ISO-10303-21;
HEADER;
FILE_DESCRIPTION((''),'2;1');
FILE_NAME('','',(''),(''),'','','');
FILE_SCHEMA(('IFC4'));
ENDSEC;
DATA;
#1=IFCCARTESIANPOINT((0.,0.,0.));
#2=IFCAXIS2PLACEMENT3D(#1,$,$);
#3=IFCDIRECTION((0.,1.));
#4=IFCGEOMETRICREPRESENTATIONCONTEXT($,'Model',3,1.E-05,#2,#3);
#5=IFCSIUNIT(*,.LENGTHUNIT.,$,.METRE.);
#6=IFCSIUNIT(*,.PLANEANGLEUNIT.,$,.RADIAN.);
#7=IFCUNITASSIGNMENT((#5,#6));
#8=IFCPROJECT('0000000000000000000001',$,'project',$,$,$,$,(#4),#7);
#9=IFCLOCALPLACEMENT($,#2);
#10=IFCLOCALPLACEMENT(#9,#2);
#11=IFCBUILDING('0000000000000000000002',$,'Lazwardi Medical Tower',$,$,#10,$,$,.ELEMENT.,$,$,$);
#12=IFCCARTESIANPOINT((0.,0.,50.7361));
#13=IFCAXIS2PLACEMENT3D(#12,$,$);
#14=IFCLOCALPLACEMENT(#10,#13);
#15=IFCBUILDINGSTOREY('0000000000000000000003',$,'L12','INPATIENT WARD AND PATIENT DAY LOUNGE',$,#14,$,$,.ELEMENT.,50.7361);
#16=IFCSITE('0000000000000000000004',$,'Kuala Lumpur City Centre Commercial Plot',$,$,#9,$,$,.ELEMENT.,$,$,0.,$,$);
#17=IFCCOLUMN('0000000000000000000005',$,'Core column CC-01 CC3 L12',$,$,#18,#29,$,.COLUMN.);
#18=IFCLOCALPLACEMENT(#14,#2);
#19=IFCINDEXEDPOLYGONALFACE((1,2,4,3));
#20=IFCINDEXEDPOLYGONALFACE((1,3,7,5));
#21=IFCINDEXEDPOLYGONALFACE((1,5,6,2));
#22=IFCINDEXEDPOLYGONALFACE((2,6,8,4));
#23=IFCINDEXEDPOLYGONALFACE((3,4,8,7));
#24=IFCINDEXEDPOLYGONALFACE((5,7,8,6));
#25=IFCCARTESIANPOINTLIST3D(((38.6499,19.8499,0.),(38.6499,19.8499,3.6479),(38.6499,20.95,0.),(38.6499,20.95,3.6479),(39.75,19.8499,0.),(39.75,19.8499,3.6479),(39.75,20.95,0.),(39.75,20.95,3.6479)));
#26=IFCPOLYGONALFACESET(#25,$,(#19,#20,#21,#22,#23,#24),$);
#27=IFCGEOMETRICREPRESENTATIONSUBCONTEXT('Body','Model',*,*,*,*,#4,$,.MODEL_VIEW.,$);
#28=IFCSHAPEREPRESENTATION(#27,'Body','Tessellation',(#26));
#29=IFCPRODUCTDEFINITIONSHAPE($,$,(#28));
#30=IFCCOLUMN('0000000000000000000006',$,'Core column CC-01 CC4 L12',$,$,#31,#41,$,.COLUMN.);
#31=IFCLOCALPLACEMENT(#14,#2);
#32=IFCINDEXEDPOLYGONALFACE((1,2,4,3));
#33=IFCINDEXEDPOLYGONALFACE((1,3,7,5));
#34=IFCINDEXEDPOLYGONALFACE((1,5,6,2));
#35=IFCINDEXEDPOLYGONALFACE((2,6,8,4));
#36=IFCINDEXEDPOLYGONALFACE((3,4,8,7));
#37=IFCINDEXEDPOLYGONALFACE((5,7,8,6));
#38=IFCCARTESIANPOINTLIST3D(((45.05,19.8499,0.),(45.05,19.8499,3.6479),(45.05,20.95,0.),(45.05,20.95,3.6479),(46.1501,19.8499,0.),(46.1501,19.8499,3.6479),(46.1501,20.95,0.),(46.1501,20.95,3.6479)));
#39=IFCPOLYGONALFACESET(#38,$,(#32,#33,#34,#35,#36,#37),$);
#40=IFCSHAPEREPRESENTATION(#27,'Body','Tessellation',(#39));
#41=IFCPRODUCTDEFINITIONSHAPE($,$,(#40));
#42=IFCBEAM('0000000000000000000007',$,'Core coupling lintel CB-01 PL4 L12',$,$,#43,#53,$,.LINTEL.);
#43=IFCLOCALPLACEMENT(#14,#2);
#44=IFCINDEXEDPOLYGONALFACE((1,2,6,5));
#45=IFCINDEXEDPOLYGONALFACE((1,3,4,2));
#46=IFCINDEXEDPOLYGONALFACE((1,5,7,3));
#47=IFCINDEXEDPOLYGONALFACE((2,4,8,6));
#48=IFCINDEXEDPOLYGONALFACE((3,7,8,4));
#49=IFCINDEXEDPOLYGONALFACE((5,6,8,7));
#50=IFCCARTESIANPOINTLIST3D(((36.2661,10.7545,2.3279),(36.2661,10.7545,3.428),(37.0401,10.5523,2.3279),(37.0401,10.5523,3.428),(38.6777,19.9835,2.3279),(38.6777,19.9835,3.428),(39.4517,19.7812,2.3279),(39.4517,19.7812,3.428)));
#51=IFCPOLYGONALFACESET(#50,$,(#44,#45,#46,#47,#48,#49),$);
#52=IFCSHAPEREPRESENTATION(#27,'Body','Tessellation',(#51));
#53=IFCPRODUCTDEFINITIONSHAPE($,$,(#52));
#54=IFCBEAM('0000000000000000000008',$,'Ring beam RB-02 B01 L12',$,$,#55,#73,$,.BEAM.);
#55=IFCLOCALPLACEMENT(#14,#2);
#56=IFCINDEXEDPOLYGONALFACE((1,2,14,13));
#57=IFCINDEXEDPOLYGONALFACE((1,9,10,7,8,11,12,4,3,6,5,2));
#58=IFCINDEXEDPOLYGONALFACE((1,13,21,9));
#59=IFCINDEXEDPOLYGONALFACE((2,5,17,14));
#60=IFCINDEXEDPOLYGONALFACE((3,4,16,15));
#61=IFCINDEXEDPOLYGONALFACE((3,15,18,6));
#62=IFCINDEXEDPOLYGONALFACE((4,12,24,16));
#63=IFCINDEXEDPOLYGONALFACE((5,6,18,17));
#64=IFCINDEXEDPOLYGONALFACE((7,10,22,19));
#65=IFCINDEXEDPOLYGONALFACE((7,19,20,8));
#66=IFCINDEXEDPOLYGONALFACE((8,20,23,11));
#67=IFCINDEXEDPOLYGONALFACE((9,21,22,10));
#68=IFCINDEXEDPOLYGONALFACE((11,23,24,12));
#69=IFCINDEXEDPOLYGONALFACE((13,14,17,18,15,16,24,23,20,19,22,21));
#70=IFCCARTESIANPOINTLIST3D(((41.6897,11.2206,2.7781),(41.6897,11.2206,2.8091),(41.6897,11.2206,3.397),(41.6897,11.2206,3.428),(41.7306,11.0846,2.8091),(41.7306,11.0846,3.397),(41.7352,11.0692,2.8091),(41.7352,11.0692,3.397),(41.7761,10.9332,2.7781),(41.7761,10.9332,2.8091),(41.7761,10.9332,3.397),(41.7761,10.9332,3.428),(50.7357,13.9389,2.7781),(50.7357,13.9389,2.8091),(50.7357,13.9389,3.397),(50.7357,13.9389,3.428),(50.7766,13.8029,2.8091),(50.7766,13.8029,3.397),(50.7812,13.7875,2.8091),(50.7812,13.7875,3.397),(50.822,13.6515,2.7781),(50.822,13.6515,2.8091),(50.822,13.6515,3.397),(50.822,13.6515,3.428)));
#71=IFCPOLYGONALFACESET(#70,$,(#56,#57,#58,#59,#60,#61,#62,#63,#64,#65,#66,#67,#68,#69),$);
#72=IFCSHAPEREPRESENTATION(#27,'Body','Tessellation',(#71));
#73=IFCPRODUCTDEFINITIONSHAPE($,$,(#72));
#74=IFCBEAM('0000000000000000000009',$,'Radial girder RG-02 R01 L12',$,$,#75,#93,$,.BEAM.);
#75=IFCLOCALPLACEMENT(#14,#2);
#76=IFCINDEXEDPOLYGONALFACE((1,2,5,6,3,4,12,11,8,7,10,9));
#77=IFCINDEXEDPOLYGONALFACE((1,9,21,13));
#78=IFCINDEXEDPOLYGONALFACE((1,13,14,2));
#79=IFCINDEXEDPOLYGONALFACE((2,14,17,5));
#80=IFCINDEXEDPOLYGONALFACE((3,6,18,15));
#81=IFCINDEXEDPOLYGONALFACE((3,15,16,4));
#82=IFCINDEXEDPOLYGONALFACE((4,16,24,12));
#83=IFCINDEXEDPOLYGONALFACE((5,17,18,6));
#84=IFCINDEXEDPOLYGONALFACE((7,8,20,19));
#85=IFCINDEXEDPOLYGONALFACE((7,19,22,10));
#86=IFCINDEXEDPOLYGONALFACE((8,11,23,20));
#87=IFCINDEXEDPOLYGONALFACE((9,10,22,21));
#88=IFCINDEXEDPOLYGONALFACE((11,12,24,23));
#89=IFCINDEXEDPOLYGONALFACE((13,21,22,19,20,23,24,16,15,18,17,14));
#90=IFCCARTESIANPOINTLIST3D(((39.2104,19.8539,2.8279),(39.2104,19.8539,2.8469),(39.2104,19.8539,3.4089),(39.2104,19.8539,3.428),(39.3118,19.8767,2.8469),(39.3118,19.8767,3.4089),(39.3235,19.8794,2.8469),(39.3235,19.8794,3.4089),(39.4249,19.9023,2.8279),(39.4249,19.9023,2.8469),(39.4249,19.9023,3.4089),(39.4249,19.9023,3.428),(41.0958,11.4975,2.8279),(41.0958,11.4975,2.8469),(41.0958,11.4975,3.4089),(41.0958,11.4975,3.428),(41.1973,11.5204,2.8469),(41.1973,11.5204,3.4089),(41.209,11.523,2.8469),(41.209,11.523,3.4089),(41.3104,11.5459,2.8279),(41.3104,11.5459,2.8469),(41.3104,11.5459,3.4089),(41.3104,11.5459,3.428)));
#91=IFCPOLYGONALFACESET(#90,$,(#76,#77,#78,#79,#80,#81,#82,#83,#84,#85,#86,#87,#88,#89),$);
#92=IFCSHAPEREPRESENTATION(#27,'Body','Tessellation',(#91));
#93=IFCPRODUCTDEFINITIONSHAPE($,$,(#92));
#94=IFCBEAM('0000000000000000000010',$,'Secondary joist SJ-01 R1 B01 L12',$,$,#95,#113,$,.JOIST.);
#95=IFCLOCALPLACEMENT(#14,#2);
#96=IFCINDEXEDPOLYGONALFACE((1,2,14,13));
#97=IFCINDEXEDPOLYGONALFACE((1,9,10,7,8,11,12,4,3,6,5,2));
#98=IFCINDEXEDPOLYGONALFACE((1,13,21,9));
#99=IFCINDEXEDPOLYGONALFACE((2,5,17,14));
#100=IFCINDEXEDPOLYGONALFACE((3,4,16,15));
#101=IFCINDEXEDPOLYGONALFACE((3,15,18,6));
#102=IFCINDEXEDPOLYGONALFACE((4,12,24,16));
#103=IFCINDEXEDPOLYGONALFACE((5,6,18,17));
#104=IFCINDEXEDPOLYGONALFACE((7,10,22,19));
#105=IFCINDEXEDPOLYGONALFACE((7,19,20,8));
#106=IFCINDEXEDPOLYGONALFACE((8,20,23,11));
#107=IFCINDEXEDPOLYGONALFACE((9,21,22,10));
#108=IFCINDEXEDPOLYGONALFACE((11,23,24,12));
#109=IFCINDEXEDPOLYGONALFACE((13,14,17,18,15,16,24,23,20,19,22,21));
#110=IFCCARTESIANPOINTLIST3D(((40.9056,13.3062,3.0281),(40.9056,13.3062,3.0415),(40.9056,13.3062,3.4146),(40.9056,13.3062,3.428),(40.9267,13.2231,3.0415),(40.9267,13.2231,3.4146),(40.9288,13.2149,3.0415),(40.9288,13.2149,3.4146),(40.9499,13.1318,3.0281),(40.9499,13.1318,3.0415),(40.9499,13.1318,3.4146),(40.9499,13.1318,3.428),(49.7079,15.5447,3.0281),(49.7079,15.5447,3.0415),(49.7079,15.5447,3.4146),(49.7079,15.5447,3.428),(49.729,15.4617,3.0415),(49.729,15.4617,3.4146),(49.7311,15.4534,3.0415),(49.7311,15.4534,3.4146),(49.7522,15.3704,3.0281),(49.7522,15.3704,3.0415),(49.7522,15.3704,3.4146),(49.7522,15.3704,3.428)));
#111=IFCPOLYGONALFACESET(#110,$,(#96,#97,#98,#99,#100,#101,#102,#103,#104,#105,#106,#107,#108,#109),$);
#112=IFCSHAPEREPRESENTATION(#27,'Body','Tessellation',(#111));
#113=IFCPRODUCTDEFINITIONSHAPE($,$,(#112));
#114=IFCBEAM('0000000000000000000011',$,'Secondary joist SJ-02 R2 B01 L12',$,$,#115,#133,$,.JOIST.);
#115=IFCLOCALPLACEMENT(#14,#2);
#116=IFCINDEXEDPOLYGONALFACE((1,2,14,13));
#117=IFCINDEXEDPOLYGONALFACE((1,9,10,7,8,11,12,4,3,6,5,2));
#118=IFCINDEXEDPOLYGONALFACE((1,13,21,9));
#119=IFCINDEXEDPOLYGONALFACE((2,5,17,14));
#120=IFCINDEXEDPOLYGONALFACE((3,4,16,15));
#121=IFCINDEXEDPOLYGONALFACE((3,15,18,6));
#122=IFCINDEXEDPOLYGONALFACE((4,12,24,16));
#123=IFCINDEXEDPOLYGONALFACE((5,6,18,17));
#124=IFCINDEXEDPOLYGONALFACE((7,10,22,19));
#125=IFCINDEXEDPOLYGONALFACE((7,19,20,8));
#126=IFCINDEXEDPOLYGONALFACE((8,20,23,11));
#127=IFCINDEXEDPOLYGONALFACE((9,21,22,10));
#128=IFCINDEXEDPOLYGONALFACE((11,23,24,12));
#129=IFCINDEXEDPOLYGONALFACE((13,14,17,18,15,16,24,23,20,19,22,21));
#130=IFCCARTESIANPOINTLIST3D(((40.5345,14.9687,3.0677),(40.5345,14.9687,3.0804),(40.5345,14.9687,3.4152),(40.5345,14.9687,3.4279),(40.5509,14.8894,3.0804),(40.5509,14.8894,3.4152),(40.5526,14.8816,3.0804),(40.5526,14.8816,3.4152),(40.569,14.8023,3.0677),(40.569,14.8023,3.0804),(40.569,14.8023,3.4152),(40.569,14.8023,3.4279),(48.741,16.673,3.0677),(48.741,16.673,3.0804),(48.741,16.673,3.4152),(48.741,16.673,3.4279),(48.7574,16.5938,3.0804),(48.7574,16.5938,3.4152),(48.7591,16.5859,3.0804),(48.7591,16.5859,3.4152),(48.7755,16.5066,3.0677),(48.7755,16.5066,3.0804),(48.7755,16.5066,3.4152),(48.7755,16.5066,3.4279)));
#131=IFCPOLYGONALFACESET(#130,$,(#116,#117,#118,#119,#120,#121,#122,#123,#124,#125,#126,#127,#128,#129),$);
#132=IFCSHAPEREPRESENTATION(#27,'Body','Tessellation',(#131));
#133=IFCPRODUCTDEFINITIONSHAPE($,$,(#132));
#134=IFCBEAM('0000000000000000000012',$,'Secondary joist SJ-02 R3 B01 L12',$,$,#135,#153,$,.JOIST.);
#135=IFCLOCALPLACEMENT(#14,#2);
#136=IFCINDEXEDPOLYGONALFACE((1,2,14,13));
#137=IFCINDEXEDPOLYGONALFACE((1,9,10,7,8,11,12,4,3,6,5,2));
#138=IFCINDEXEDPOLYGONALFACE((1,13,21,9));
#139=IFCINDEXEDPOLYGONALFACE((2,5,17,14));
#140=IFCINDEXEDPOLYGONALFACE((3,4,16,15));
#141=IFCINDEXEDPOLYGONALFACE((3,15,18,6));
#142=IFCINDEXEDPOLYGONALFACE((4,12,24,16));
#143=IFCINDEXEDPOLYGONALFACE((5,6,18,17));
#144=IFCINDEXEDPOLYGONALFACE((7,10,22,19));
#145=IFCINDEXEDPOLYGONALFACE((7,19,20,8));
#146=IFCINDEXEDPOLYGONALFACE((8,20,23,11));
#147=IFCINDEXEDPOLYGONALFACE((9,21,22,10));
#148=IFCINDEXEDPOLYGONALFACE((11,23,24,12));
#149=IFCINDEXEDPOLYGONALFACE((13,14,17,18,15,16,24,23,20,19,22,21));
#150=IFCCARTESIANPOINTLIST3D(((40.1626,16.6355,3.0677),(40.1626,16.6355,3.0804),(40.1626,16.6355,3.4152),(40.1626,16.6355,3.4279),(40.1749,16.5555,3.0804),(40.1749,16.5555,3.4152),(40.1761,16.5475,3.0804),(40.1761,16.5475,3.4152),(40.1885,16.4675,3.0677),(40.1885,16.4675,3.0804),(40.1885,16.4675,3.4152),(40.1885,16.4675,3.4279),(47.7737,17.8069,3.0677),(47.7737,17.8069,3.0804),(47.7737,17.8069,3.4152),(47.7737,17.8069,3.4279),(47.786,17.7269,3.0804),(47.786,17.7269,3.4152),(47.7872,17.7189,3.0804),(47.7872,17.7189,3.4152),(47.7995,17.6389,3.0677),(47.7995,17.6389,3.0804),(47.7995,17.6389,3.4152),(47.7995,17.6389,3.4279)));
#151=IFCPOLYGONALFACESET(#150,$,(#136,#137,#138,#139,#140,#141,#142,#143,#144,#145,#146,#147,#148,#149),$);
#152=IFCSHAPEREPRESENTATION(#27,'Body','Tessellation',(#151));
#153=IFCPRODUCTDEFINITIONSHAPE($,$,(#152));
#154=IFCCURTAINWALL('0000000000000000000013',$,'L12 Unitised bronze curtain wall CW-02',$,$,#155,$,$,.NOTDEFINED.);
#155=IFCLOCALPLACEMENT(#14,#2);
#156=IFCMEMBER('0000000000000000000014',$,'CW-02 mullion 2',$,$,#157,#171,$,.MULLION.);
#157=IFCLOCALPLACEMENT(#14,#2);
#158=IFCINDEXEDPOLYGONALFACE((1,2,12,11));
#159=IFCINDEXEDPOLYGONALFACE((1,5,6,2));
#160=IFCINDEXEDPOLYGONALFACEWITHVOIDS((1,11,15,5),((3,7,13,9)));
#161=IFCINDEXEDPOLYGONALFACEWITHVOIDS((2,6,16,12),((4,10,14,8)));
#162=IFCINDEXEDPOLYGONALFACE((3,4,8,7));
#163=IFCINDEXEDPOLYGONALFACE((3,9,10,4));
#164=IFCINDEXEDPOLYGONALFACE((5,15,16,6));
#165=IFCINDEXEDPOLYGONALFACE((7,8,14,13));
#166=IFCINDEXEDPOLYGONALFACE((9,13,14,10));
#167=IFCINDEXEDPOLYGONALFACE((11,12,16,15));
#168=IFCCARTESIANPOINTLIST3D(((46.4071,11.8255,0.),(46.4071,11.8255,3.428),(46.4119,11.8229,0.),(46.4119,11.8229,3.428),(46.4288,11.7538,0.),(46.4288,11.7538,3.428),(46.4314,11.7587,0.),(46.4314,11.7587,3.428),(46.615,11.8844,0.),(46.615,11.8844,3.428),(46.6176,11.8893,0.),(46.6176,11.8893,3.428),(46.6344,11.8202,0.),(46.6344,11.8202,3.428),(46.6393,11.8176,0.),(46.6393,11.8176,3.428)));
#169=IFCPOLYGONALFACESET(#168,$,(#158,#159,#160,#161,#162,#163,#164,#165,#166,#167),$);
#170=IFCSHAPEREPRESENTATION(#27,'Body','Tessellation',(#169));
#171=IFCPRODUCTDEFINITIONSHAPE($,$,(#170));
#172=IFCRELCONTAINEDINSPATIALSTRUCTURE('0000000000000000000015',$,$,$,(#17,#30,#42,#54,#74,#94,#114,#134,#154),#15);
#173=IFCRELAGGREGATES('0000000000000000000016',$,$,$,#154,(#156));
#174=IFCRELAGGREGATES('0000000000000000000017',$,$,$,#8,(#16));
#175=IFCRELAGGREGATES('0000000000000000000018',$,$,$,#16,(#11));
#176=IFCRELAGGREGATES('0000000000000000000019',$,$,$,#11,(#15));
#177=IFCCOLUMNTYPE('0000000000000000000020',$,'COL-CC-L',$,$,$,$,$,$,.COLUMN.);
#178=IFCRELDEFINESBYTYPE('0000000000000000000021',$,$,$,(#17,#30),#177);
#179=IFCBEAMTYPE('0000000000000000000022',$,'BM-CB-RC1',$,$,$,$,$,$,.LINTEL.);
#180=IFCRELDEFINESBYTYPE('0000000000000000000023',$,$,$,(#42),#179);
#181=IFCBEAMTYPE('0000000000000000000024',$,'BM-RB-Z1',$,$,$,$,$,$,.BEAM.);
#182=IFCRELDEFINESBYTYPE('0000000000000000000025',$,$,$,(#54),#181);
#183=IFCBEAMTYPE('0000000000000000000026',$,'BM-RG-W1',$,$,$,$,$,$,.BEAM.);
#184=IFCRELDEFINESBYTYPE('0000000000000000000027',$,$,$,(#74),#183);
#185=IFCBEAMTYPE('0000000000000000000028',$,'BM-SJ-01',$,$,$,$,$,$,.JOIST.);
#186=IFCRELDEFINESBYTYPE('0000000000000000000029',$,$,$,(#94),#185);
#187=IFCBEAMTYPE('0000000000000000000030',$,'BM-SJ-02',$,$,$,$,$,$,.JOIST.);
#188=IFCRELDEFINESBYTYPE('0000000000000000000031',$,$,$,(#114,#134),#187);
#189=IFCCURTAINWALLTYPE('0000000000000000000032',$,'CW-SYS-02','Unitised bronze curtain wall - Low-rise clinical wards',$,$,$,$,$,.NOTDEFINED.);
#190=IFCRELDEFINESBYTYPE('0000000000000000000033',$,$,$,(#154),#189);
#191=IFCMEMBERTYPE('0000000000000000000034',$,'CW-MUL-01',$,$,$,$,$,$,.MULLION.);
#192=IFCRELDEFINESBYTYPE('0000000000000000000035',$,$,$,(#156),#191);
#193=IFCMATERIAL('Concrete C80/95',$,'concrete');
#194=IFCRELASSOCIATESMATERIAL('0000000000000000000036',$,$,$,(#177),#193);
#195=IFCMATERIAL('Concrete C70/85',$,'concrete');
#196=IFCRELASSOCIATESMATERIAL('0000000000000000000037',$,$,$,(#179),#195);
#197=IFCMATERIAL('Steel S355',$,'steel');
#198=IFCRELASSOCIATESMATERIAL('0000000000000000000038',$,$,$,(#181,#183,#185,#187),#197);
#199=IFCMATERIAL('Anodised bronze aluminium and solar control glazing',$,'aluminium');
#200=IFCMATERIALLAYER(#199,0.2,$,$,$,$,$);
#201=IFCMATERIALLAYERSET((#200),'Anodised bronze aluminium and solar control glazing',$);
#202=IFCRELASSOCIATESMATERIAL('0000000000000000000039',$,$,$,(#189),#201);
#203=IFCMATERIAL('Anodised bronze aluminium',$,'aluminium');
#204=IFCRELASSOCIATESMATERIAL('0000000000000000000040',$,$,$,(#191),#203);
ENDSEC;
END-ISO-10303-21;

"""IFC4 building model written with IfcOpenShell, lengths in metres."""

from ifc_helpers import new_model, si_unit, direction, frame, origin, origin_2d, place, context, subcontext, project, spatial, rectangle, hollow_rectangle, i_section, extrude, material, layer, layer_set, material_profile, profile_set, type_object, element, aggregate, save


model = new_model("IFC4")

# Units and contexts
model_context = context("Model", 3, precision=1e-05, world=origin(), true_north=direction((0.0, 1.0)))
body_context = subcontext(model_context, "Body", "Model", "MODEL_VIEW")
ifc_project = project(units=[si_unit("LENGTHUNIT", "METRE"), si_unit("PLANEANGLEUNIT", "RADIAN")], contexts=[model_context])

# Site, building, storey
site_placement = place(None, origin())
site = spatial("IfcSite", under=ifc_project, at=site_placement, Name="Kuala Lumpur City Centre Commercial Plot", CompositionType="ELEMENT", RefElevation=0.0)
building_placement = place(site_placement, origin())
building = spatial("IfcBuilding", under=site, at=building_placement, Name="Lazwardi Medical Tower", CompositionType="ELEMENT")
storey_placement = place(building_placement, frame((0.0, 0.0, 50.7361)))
storey = spatial("IfcBuildingStorey", under=building, at=storey_placement, Name="L12", Description="INPATIENT WARD AND PATIENT DAY LOUNGE", CompositionType="ELEMENT", Elevation=50.7361)

# Columns
ifc_material_1 = material(Name="Concrete C80/95", Category="concrete")
ifc_material_profile_1 = material_profile(ifc_material_1, rectangle(XDim=1.1001, YDim=1.1001, at=origin_2d()), Name="RC 1100x1100")
ifc_profile_set_1 = profile_set([ifc_material_profile_1], Name="Concrete C80/95")
column_type = type_object("IfcColumnType", Name="COL-CC-L", PredefinedType="COLUMN", material=ifc_profile_set_1)
for number, where, z_axis, x_axis, name in (
    (1, (39.2, 20.3999, 0.0), (0.0, 0.0, 1.0), (1.0, 0.0, 0.0), "Core column CC-01 CC3 L12"),
    (2, (45.6001, 20.3999, 0.0), (0.0, 0.0, 1.0), (1.0, 0.0, 0.0), "Core column CC-01 CC4 L12"),
):
    element("IfcColumn", number, at=place(storey_placement, frame(where, z_axis=z_axis, x_axis=x_axis)), inside=storey, type_object=column_type, Name=name, PredefinedType="COLUMN", context=body_context, shape_type="SweptSolid", body=[
        extrude(rectangle(XDim=1.1001, YDim=1.1001, at=origin_2d()), origin(), (0.0, 0.0, 1.0), 3.6479),
    ])

# Beams
ifc_material_2 = material(Name="Concrete C70/85", Category="concrete")
ifc_material_profile_2 = material_profile(ifc_material_2, rectangle(XDim=0.8, YDim=1.1001, at=origin_2d()), Name="RC 800x1100")
ifc_profile_set_2 = profile_set([ifc_material_profile_2], Name="Concrete C70/85")
beam_type_1 = type_object("IfcBeamType", Name="BM-CB-RC1", PredefinedType="LINTEL", material=ifc_profile_set_2)
beam_1_placement = place(storey_placement, frame((39.0647, 19.8823, 2.8779), z_axis=(-0.25282, -0.967513, 0.0), x_axis=(0.967513, -0.25282, 0.0)))
element("IfcBeam", 3, at=beam_1_placement, inside=storey, type_object=beam_type_1, Name="Core coupling lintel CB-01 PL4 L12", PredefinedType="LINTEL", context=body_context, shape_type="SweptSolid", body=[
    extrude(rectangle(XDim=0.8, YDim=1.1001, at=origin_2d()), origin(), (0.0, 0.0, 1.0), 9.5388),
])
ifc_material_3 = material(Name="Steel S355", Category="steel")
ifc_material_profile_3 = material_profile(ifc_material_3, i_section(OverallWidth=0.3, OverallDepth=0.6499, WebThickness=0.0161, FlangeThickness=0.031, at=origin_2d()), Name="HEB 650")
ifc_profile_set_3 = profile_set([ifc_material_profile_3], Name="Steel S355")
beam_type_2 = type_object("IfcBeamType", Name="BM-RB-Z1", PredefinedType="BEAM", material=ifc_profile_set_3)
beam_2_placement = place(storey_placement, frame((41.7329, 11.0769, 3.103), z_axis=(0.957695, 0.287784, 0.0), x_axis=(-0.287784, 0.957695, 0.0)))
element("IfcBeam", 4, at=beam_2_placement, inside=storey, type_object=beam_type_2, Name="Ring beam RB-02 B01 L12", PredefinedType="BEAM", context=body_context, shape_type="SweptSolid", body=[
    extrude(i_section(OverallWidth=0.3, OverallDepth=0.6499, WebThickness=0.0161, FlangeThickness=0.031, at=origin_2d()), origin(), (0.0, 0.0, 1.0), 9.4456),
])
ifc_material_profile_4 = material_profile(ifc_material_3, i_section(OverallWidth=0.22, OverallDepth=0.6001, WebThickness=0.012, FlangeThickness=0.019, at=origin_2d()), Name="IPE 600")
ifc_profile_set_4 = profile_set([ifc_material_profile_4], Name="Steel S355")
beam_type_3 = type_object("IfcBeamType", Name="BM-RG-W1", PredefinedType="BEAM", material=ifc_profile_set_4)
beam_3_placement = place(storey_placement, frame((41.2031, 11.5217, 3.1279), z_axis=(-0.220101, 0.975477, 0.0), x_axis=(-0.975477, -0.220101, 0.0)))
element("IfcBeam", 5, at=beam_3_placement, inside=storey, type_object=beam_type_3, Name="Radial girder RG-02 R01 L12", PredefinedType="BEAM", context=body_context, shape_type="SweptSolid", body=[
    extrude(i_section(OverallWidth=0.22, OverallDepth=0.6001, WebThickness=0.012, FlangeThickness=0.019, at=origin_2d()), origin(), (0.0, 0.0, 1.0), 8.5664),
])
ifc_material_profile_5 = material_profile(ifc_material_3, i_section(OverallWidth=0.1799, OverallDepth=0.3999, WebThickness=0.0085, FlangeThickness=0.0134, at=origin_2d()), Name="IPE 400")
ifc_profile_set_5 = profile_set([ifc_material_profile_5], Name="Steel S355")
beam_type_4 = type_object("IfcBeamType", Name="BM-SJ-01", PredefinedType="JOIST", material=ifc_profile_set_5)
beam_4_placement = place(storey_placement, frame((40.9277, 13.219, 3.228), z_axis=(0.969151, 0.246468, 0.0), x_axis=(-0.246468, 0.969151, 0.0)))
element("IfcBeam", 6, at=beam_4_placement, inside=storey, type_object=beam_type_4, Name="Secondary joist SJ-01 R1 B01 L12", PredefinedType="JOIST", context=body_context, shape_type="SweptSolid", body=[
    extrude(i_section(OverallWidth=0.1799, OverallDepth=0.3999, WebThickness=0.0085, FlangeThickness=0.0134, at=origin_2d()), origin(), (0.0, 0.0, 1.0), 9.0825),
])
ifc_material_profile_6 = material_profile(ifc_material_3, i_section(OverallWidth=0.1699, OverallDepth=0.3601, WebThickness=0.0081, FlangeThickness=0.0127, at=origin_2d()), Name="IPE 360")
ifc_profile_set_6 = profile_set([ifc_material_profile_6], Name="Steel S355")
beam_type_5 = type_object("IfcBeamType", Name="BM-SJ-02", PredefinedType="JOIST", material=ifc_profile_set_6)
beam_5_placement = place(storey_placement, frame((40.5518, 14.8855, 3.2478), z_axis=(0.979108, 0.203342, 0.0), x_axis=(-0.203342, 0.979108, 0.0)))
element("IfcBeam", 7, at=beam_5_placement, inside=storey, type_object=beam_type_5, Name="Secondary joist SJ-02 R2 B01 L12", PredefinedType="JOIST", context=body_context, shape_type="SweptSolid", body=[
    extrude(i_section(OverallWidth=0.1699, OverallDepth=0.3601, WebThickness=0.0081, FlangeThickness=0.0127, at=origin_2d()), origin(), (0.0, 0.0, 1.0), 8.3816),
])
beam_6_placement = place(storey_placement, frame((40.1755, 16.5515, 3.2478), z_axis=(0.988363, 0.152114, 0.0), x_axis=(-0.152114, 0.988363, 0.0)))
element("IfcBeam", 8, at=beam_6_placement, inside=storey, type_object=beam_type_5, Name="Secondary joist SJ-02 R3 B01 L12", PredefinedType="JOIST", context=body_context, shape_type="SweptSolid", body=[
    extrude(i_section(OverallWidth=0.1699, OverallDepth=0.3601, WebThickness=0.0081, FlangeThickness=0.0127, at=origin_2d()), origin(), (0.0, 0.0, 1.0), 7.7007),
])

# Curtain wall, member
ifc_material_4 = material(Name="Anodised bronze aluminium and solar control glazing", Category="aluminium")
ifc_layer_1 = layer(ifc_material_4, 0.2)
ifc_layer_set_1 = layer_set([ifc_layer_1], Name="Anodised bronze aluminium and solar control glazing")
curtain_wall_type = type_object("IfcCurtainWallType", Name="CW-SYS-02", Description="Unitised bronze curtain wall - Low-rise clinical wards", PredefinedType="NOTDEFINED", material=ifc_layer_set_1)
curtain_wall_placement = place(storey_placement, origin())
curtain_wall = element("IfcCurtainWall", 9, at=curtain_wall_placement, inside=storey, type_object=curtain_wall_type, Name="L12 Unitised bronze curtain wall CW-02", PredefinedType="NOTDEFINED")
ifc_material_5 = material(Name="Anodised bronze aluminium", Category="aluminium")
ifc_material_profile_7 = material_profile(ifc_material_5, hollow_rectangle(XDim=0.075, YDim=0.22, WallThickness=0.0039, at=origin_2d()), Name="ALU-MULLION 220x75x4")
ifc_profile_set_7 = profile_set([ifc_material_profile_7], Name="Anodised bronze aluminium")
member_type_1 = type_object("IfcMemberType", Name="CW-MUL-01", PredefinedType="MULLION", material=ifc_profile_set_7)
member_1_placement = place(storey_placement, frame((46.5232, 11.8215, 0.0), z_axis=(0.0, 0.0, 1.0), x_axis=(-0.289896, 0.957058, 0.0)))
member_1 = element("IfcMember", 10, at=member_1_placement, type_object=member_type_1, Name="CW-02 mullion 2", PredefinedType="MULLION", context=body_context, shape_type="SweptSolid", body=[
    extrude(hollow_rectangle(XDim=0.075, YDim=0.22, WallThickness=0.0039, at=origin_2d()), origin(), (0.0, 0.0, 1.0), 3.428),
])
aggregate(curtain_wall, [member_1])

save(model, "model.ifc")
